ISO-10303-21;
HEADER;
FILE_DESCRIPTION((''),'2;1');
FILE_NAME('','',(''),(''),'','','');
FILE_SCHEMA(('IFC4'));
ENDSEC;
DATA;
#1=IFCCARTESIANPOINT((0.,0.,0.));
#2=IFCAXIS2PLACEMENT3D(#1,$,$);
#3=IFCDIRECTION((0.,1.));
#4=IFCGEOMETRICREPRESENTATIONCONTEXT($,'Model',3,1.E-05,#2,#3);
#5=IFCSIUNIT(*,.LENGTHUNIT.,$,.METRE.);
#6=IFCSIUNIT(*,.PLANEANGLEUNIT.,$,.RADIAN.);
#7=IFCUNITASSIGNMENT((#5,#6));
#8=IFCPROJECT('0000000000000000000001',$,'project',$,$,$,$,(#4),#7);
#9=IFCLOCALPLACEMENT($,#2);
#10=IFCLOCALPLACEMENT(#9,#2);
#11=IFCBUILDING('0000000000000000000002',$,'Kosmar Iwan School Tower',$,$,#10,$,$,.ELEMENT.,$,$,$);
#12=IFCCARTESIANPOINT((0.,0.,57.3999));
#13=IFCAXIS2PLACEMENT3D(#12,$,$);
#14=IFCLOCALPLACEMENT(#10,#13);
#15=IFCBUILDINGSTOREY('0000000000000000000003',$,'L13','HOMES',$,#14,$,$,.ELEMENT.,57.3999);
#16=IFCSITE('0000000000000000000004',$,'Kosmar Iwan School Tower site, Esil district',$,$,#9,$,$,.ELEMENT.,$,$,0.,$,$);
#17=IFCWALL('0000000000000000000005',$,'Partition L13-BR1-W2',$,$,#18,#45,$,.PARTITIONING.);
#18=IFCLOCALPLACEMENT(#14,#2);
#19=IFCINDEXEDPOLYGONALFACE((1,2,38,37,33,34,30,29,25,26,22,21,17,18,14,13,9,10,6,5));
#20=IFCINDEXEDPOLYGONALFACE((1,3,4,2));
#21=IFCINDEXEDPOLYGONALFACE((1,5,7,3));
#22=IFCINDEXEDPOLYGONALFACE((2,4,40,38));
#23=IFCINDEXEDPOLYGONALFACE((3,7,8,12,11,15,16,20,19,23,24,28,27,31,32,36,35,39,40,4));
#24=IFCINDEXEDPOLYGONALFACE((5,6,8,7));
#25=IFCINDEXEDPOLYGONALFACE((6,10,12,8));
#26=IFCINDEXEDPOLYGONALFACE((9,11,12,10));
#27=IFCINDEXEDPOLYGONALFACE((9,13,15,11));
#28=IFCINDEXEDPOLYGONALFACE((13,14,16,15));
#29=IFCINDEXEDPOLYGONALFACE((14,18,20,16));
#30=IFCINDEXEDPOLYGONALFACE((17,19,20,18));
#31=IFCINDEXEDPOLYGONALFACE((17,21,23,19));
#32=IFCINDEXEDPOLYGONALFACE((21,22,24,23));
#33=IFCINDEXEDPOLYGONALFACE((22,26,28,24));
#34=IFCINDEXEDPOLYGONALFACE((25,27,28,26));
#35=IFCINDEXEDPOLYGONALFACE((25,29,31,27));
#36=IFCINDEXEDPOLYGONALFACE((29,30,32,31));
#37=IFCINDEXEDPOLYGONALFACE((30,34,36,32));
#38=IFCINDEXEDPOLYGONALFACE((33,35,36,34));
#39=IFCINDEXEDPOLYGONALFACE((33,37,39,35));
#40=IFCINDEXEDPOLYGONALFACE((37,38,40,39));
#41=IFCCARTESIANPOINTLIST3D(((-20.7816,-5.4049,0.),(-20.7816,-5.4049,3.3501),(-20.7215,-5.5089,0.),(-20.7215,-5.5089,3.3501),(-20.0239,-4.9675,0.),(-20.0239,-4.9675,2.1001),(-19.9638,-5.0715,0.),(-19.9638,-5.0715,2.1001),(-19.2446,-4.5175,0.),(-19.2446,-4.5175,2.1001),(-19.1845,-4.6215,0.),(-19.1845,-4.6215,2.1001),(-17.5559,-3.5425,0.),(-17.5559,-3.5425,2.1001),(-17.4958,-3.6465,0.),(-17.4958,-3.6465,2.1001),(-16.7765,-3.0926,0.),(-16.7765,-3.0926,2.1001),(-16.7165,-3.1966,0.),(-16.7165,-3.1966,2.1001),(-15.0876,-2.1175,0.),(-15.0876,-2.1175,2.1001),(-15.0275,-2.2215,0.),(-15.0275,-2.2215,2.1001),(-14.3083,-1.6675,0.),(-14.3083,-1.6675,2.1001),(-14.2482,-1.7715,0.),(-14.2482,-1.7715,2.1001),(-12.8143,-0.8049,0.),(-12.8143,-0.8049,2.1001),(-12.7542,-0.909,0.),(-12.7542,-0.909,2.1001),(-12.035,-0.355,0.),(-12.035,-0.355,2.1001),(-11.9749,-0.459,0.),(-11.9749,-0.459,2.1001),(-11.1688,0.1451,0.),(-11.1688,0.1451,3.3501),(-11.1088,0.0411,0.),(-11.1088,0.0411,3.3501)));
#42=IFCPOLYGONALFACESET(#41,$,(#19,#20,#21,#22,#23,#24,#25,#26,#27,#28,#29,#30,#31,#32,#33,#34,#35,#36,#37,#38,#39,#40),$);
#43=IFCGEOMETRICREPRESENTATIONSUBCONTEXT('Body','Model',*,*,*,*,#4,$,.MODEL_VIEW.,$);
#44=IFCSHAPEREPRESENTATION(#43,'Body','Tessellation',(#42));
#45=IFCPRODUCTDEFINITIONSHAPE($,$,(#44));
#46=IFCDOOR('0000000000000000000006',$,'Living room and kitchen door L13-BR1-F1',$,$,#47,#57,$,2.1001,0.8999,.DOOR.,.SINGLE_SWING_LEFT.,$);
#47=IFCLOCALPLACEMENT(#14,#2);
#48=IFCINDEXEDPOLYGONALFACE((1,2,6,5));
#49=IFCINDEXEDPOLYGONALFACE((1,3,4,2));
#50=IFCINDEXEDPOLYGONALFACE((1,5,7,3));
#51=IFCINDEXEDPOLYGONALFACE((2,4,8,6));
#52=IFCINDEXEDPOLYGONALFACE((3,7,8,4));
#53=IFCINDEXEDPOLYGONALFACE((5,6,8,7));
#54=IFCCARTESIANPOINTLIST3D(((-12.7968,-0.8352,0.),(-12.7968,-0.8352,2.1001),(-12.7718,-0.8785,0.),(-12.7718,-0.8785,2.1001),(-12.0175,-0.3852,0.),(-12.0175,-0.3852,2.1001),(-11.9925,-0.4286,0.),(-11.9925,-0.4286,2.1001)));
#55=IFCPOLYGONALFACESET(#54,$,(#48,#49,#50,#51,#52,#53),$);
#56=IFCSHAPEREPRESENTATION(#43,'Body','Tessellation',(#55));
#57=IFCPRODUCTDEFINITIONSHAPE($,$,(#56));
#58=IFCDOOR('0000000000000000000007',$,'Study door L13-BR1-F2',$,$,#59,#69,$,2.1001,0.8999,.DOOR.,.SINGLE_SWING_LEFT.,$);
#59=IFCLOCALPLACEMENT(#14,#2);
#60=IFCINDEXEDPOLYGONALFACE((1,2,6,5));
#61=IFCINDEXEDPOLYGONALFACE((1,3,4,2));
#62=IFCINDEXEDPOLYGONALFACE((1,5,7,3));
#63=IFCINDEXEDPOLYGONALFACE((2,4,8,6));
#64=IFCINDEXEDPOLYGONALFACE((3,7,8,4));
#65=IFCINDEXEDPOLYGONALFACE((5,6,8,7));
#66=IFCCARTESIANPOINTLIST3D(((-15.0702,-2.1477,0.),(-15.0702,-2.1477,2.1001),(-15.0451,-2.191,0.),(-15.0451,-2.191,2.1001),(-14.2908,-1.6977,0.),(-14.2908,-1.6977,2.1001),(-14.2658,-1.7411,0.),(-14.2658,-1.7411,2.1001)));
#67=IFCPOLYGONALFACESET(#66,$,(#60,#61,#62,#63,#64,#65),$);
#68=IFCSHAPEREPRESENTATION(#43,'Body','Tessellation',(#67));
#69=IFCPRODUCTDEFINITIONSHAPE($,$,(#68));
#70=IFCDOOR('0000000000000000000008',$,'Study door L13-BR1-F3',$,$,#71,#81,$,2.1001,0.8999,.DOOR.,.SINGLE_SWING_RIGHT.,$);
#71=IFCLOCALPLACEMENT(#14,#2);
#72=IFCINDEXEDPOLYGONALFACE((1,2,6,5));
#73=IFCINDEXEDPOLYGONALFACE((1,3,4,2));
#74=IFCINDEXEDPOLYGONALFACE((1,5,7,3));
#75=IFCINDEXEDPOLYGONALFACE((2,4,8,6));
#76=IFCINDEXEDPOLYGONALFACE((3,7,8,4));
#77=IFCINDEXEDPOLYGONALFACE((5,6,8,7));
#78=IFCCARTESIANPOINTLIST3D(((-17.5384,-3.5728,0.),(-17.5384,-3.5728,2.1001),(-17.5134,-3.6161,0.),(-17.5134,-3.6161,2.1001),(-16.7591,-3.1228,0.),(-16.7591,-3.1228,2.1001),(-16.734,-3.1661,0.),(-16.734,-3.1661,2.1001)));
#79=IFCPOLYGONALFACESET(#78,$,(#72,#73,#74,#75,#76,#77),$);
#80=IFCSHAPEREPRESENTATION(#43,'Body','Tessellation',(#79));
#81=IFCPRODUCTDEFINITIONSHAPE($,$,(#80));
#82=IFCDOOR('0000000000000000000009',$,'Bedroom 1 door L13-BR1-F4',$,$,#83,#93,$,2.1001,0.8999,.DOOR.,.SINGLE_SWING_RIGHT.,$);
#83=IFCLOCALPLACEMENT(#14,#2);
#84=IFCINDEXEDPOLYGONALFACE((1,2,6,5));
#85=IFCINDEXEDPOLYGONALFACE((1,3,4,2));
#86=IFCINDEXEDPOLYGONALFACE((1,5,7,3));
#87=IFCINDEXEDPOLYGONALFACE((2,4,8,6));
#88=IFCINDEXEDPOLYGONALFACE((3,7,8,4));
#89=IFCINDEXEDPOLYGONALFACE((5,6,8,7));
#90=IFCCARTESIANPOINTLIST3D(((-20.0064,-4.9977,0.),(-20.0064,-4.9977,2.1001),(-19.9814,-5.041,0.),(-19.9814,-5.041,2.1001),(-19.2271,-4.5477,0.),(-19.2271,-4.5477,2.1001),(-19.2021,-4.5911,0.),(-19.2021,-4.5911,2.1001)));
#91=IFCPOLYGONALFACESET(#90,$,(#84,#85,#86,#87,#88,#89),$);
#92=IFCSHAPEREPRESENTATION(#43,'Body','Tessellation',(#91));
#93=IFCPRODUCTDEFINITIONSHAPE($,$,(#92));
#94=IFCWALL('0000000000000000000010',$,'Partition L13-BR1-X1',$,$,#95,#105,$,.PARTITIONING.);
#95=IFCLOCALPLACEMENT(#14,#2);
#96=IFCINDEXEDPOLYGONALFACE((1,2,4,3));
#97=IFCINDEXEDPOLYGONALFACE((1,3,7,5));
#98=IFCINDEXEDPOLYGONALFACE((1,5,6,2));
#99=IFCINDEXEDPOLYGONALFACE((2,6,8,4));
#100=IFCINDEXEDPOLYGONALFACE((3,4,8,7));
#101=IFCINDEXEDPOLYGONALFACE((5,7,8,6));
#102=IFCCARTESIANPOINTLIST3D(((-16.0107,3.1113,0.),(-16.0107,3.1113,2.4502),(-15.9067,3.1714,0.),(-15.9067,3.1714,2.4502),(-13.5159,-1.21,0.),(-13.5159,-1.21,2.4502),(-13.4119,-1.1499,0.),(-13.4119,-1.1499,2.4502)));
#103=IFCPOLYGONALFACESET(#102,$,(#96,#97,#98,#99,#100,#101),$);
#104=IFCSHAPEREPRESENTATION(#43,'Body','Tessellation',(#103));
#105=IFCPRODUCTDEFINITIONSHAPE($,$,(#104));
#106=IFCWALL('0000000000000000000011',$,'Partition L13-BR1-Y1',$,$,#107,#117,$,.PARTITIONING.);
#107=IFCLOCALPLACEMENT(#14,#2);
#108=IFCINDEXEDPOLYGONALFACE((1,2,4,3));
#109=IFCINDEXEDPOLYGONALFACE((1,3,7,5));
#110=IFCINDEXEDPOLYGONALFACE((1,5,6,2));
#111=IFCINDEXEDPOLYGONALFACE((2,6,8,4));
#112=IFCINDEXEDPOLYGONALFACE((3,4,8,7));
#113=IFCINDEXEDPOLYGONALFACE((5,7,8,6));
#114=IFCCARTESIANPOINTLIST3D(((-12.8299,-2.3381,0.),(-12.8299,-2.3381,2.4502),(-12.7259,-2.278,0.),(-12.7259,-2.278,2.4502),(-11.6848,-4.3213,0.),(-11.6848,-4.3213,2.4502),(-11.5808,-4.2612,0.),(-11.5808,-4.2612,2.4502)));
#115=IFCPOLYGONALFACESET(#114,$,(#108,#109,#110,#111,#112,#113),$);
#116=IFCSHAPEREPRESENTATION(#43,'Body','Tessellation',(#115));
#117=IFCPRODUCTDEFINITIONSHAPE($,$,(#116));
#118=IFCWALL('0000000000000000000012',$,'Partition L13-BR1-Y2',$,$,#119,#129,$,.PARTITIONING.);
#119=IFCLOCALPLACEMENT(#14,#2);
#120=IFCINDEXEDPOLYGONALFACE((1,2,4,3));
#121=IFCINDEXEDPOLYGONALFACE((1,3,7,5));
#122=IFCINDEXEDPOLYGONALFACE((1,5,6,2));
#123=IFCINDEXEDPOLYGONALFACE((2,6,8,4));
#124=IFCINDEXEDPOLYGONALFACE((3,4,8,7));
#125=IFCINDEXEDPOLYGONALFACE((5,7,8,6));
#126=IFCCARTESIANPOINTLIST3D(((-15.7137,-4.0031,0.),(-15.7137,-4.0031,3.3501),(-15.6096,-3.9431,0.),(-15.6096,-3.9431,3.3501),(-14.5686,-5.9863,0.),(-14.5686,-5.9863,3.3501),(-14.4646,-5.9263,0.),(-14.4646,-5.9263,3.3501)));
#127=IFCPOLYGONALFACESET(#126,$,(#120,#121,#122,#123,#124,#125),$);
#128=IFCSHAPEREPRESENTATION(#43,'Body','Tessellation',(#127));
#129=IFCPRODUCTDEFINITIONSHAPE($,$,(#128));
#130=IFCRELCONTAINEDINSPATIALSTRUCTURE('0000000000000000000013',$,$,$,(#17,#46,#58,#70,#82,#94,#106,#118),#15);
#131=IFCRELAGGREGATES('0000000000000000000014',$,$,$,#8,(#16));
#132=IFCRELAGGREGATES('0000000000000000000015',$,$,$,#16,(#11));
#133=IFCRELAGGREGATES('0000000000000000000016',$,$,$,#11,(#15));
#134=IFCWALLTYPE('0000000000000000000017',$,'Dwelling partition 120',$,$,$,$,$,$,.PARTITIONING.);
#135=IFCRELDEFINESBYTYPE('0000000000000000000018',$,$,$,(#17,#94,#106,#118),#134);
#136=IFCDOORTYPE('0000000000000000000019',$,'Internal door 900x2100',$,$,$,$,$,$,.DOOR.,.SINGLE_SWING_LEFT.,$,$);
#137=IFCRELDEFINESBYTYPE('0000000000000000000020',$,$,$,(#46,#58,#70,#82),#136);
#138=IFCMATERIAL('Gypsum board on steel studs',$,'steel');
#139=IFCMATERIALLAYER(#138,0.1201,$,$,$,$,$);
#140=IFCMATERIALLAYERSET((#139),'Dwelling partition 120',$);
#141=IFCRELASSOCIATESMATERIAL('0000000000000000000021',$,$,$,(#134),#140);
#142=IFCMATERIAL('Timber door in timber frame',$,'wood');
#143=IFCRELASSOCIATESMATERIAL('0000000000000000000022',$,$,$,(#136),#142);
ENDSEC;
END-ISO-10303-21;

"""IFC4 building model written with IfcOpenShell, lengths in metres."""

from ifc_helpers import new_model, si_unit, direction, frame, frame_2d, origin, place, context, subcontext, project, spatial, rectangle, extrude, material, layer, layer_set, type_object, element, fill, save


model = new_model("IFC4")

# Units and contexts
model_context = context("Model", 3, precision=1e-05, world=origin(), true_north=direction((0.0, 1.0)))
body_context = subcontext(model_context, "Body", "Model", "MODEL_VIEW")
ifc_project = project(units=[si_unit("LENGTHUNIT", "METRE"), si_unit("PLANEANGLEUNIT", "RADIAN")], contexts=[model_context])

# Site, building, storey
site_placement = place(None, origin())
site = spatial("IfcSite", under=ifc_project, at=site_placement, Name="Kosmar Iwan School Tower site, Esil district", CompositionType="ELEMENT", RefElevation=0.0)
building_placement = place(site_placement, origin())
building = spatial("IfcBuilding", under=site, at=building_placement, Name="Kosmar Iwan School Tower", CompositionType="ELEMENT")
storey_placement = place(building_placement, frame((0.0, 0.0, 57.3999)))
storey = spatial("IfcBuildingStorey", under=building, at=storey_placement, Name="L13", Description="HOMES", CompositionType="ELEMENT", Elevation=57.3999)

# Wall, openings, doors
ifc_material_1 = material(Name="Gypsum board on steel studs", Category="steel")
ifc_layer_1 = layer(ifc_material_1, 0.1201)
ifc_layer_set_1 = layer_set([ifc_layer_1], Name="Dwelling partition 120")
wall_type_1 = type_object("IfcWallType", Name="Dwelling partition 120", PredefinedType="PARTITIONING", material=ifc_layer_set_1)
ifc_material_2 = material(Name="Timber door in timber frame", Category="wood")
door_type_1 = type_object("IfcDoorType", Name="Internal door 900x2100", OperationType="SINGLE_SWING_LEFT", PredefinedType="DOOR", material=ifc_material_2)
wall_1_placement = place(storey_placement, frame((-11.1389, 0.093, 0.0), z_axis=(0.0, 0.0, 1.0), x_axis=(-0.866021, -0.500007, 0.0)))
wall_1 = element("IfcWall", 1, at=wall_1_placement, inside=storey, type_object=wall_type_1, Name="Partition L13-BR1-W2", PredefinedType="PARTITIONING", context=body_context, shape_type="SweptSolid", body=[
    extrude(rectangle(XDim=11.0999, YDim=0.1201, at=frame_2d((5.5498, 0.0))), origin(), (0.0, 0.0, 1.0), 3.3501),
])
opening_1_placement = place(wall_1_placement, frame((1.0, 0.0, 0.0)))
opening_1 = element("IfcOpeningElement", 2, at=opening_1_placement, cuts=wall_1, PredefinedType="OPENING", context=body_context, shape_type="SweptSolid", body=[
    extrude(rectangle(XDim=0.8999, YDim=2.1001, at=frame_2d((0.45, 1.05))), frame((0.0, 0.072, 0.0), z_axis=(0.0, -1.0, 0.0), x_axis=(1.0, 0.0, 0.0)), (0.0, 0.0, 1.0), 0.144),
])
opening_2_placement = place(wall_1_placement, frame((3.625, 0.0, 0.0)))
opening_2 = element("IfcOpeningElement", 3, at=opening_2_placement, cuts=wall_1, PredefinedType="OPENING", context=body_context, shape_type="SweptSolid", body=[
    extrude(rectangle(XDim=0.8999, YDim=2.1001, at=frame_2d((0.45, 1.05))), frame((0.0, 0.072, 0.0), z_axis=(0.0, -1.0, 0.0), x_axis=(1.0, 0.0, 0.0)), (0.0, 0.0, 1.0), 0.144),
])
opening_3_placement = place(wall_1_placement, frame((6.4751, 0.0, 0.0)))
opening_3 = element("IfcOpeningElement", 4, at=opening_3_placement, cuts=wall_1, PredefinedType="OPENING", context=body_context, shape_type="SweptSolid", body=[
    extrude(rectangle(XDim=0.8999, YDim=2.1001, at=frame_2d((0.45, 1.05))), frame((0.0, 0.072, 0.0), z_axis=(0.0, -1.0, 0.0), x_axis=(1.0, 0.0, 0.0)), (0.0, 0.0, 1.0), 0.144),
])
opening_4_placement = place(wall_1_placement, frame((9.325, 0.0, 0.0)))
opening_4 = element("IfcOpeningElement", 5, at=opening_4_placement, cuts=wall_1, PredefinedType="OPENING", context=body_context, shape_type="SweptSolid", body=[
    extrude(rectangle(XDim=0.8999, YDim=2.1001, at=frame_2d((0.45, 1.05))), frame((0.0, 0.072, 0.0), z_axis=(0.0, -1.0, 0.0), x_axis=(1.0, 0.0, 0.0)), (0.0, 0.0, 1.0), 0.144),
])
door_1_placement = place(opening_1_placement, origin())
door_1 = element("IfcDoor", 6, at=door_1_placement, inside=storey, type_object=door_type_1, Name="Living room and kitchen door L13-BR1-F1", OperationType="SINGLE_SWING_LEFT", OverallHeight=2.1001, OverallWidth=0.8999, PredefinedType="DOOR", context=body_context, shape_type="SweptSolid", body=[
    extrude(rectangle(XDim=0.8999, YDim=2.1001, at=frame_2d((0.45, 1.05))), frame((0.0, 0.0249, 0.0), z_axis=(0.0, -1.0, 0.0), x_axis=(1.0, 0.0, 0.0)), (0.0, 0.0, 1.0), 0.05),
])
fill(opening_1, door_1)
door_2_placement = place(opening_2_placement, origin())
door_2 = element("IfcDoor", 7, at=door_2_placement, inside=storey, type_object=door_type_1, Name="Study door L13-BR1-F2", OperationType="SINGLE_SWING_LEFT", OverallHeight=2.1001, OverallWidth=0.8999, PredefinedType="DOOR", context=body_context, shape_type="SweptSolid", body=[
    extrude(rectangle(XDim=0.8999, YDim=2.1001, at=frame_2d((0.45, 1.05))), frame((0.0, 0.0249, 0.0), z_axis=(0.0, -1.0, 0.0), x_axis=(1.0, 0.0, 0.0)), (0.0, 0.0, 1.0), 0.05),
])
fill(opening_2, door_2)
door_3_placement = place(opening_3_placement, origin())
door_3 = element("IfcDoor", 8, at=door_3_placement, inside=storey, type_object=door_type_1, Name="Study door L13-BR1-F3", OperationType="SINGLE_SWING_RIGHT", OverallHeight=2.1001, OverallWidth=0.8999, PredefinedType="DOOR", context=body_context, shape_type="SweptSolid", body=[
    extrude(rectangle(XDim=0.8999, YDim=2.1001, at=frame_2d((0.45, 1.05))), frame((0.0, 0.0249, 0.0), z_axis=(0.0, -1.0, 0.0), x_axis=(1.0, 0.0, 0.0)), (0.0, 0.0, 1.0), 0.05),
])
fill(opening_3, door_3)
door_4_placement = place(opening_4_placement, origin())
door_4 = element("IfcDoor", 9, at=door_4_placement, inside=storey, type_object=door_type_1, Name="Bedroom 1 door L13-BR1-F4", OperationType="SINGLE_SWING_RIGHT", OverallHeight=2.1001, OverallWidth=0.8999, PredefinedType="DOOR", context=body_context, shape_type="SweptSolid", body=[
    extrude(rectangle(XDim=0.8999, YDim=2.1001, at=frame_2d((0.45, 1.05))), frame((0.0, 0.0249, 0.0), z_axis=(0.0, -1.0, 0.0), x_axis=(1.0, 0.0, 0.0)), (0.0, 0.0, 1.0), 0.05),
])
fill(opening_4, door_4)

# Walls
wall_2_placement = place(storey_placement, frame((-13.4639, -1.1799, 0.0), z_axis=(0.0, 0.0, 1.0), x_axis=(-0.499996, 0.866028, 0.0)))
element("IfcWall", 10, at=wall_2_placement, inside=storey, type_object=wall_type_1, Name="Partition L13-BR1-X1", PredefinedType="PARTITIONING", context=body_context, shape_type="SweptSolid", body=[
    extrude(rectangle(XDim=4.9897, YDim=0.1201, at=frame_2d((2.4949, 0.0))), origin(), (0.0, 0.0, 1.0), 2.4502),
])
wall_3_placement = place(storey_placement, frame((-11.6328, -4.2913, 0.0), z_axis=(0.0, 0.0, 1.0), x_axis=(-0.500015, 0.866017, 0.0)))
element("IfcWall", 11, at=wall_3_placement, inside=storey, type_object=wall_type_1, Name="Partition L13-BR1-Y1", PredefinedType="PARTITIONING", context=body_context, shape_type="SweptSolid", body=[
    extrude(rectangle(XDim=2.29, YDim=0.1201, at=frame_2d((1.145, 0.0))), origin(), (0.0, 0.0, 1.0), 2.4502),
])
wall_4_placement = place(storey_placement, frame((-14.5166, -5.9563, 0.0), z_axis=(0.0, 0.0, 1.0), x_axis=(-0.500015, 0.866017, 0.0)))
element("IfcWall", 12, at=wall_4_placement, inside=storey, type_object=wall_type_1, Name="Partition L13-BR1-Y2", PredefinedType="PARTITIONING", context=body_context, shape_type="SweptSolid", body=[
    extrude(rectangle(XDim=2.29, YDim=0.1201, at=frame_2d((1.145, 0.0))), origin(), (0.0, 0.0, 1.0), 3.3501),
])

save(model, "model.ifc")
